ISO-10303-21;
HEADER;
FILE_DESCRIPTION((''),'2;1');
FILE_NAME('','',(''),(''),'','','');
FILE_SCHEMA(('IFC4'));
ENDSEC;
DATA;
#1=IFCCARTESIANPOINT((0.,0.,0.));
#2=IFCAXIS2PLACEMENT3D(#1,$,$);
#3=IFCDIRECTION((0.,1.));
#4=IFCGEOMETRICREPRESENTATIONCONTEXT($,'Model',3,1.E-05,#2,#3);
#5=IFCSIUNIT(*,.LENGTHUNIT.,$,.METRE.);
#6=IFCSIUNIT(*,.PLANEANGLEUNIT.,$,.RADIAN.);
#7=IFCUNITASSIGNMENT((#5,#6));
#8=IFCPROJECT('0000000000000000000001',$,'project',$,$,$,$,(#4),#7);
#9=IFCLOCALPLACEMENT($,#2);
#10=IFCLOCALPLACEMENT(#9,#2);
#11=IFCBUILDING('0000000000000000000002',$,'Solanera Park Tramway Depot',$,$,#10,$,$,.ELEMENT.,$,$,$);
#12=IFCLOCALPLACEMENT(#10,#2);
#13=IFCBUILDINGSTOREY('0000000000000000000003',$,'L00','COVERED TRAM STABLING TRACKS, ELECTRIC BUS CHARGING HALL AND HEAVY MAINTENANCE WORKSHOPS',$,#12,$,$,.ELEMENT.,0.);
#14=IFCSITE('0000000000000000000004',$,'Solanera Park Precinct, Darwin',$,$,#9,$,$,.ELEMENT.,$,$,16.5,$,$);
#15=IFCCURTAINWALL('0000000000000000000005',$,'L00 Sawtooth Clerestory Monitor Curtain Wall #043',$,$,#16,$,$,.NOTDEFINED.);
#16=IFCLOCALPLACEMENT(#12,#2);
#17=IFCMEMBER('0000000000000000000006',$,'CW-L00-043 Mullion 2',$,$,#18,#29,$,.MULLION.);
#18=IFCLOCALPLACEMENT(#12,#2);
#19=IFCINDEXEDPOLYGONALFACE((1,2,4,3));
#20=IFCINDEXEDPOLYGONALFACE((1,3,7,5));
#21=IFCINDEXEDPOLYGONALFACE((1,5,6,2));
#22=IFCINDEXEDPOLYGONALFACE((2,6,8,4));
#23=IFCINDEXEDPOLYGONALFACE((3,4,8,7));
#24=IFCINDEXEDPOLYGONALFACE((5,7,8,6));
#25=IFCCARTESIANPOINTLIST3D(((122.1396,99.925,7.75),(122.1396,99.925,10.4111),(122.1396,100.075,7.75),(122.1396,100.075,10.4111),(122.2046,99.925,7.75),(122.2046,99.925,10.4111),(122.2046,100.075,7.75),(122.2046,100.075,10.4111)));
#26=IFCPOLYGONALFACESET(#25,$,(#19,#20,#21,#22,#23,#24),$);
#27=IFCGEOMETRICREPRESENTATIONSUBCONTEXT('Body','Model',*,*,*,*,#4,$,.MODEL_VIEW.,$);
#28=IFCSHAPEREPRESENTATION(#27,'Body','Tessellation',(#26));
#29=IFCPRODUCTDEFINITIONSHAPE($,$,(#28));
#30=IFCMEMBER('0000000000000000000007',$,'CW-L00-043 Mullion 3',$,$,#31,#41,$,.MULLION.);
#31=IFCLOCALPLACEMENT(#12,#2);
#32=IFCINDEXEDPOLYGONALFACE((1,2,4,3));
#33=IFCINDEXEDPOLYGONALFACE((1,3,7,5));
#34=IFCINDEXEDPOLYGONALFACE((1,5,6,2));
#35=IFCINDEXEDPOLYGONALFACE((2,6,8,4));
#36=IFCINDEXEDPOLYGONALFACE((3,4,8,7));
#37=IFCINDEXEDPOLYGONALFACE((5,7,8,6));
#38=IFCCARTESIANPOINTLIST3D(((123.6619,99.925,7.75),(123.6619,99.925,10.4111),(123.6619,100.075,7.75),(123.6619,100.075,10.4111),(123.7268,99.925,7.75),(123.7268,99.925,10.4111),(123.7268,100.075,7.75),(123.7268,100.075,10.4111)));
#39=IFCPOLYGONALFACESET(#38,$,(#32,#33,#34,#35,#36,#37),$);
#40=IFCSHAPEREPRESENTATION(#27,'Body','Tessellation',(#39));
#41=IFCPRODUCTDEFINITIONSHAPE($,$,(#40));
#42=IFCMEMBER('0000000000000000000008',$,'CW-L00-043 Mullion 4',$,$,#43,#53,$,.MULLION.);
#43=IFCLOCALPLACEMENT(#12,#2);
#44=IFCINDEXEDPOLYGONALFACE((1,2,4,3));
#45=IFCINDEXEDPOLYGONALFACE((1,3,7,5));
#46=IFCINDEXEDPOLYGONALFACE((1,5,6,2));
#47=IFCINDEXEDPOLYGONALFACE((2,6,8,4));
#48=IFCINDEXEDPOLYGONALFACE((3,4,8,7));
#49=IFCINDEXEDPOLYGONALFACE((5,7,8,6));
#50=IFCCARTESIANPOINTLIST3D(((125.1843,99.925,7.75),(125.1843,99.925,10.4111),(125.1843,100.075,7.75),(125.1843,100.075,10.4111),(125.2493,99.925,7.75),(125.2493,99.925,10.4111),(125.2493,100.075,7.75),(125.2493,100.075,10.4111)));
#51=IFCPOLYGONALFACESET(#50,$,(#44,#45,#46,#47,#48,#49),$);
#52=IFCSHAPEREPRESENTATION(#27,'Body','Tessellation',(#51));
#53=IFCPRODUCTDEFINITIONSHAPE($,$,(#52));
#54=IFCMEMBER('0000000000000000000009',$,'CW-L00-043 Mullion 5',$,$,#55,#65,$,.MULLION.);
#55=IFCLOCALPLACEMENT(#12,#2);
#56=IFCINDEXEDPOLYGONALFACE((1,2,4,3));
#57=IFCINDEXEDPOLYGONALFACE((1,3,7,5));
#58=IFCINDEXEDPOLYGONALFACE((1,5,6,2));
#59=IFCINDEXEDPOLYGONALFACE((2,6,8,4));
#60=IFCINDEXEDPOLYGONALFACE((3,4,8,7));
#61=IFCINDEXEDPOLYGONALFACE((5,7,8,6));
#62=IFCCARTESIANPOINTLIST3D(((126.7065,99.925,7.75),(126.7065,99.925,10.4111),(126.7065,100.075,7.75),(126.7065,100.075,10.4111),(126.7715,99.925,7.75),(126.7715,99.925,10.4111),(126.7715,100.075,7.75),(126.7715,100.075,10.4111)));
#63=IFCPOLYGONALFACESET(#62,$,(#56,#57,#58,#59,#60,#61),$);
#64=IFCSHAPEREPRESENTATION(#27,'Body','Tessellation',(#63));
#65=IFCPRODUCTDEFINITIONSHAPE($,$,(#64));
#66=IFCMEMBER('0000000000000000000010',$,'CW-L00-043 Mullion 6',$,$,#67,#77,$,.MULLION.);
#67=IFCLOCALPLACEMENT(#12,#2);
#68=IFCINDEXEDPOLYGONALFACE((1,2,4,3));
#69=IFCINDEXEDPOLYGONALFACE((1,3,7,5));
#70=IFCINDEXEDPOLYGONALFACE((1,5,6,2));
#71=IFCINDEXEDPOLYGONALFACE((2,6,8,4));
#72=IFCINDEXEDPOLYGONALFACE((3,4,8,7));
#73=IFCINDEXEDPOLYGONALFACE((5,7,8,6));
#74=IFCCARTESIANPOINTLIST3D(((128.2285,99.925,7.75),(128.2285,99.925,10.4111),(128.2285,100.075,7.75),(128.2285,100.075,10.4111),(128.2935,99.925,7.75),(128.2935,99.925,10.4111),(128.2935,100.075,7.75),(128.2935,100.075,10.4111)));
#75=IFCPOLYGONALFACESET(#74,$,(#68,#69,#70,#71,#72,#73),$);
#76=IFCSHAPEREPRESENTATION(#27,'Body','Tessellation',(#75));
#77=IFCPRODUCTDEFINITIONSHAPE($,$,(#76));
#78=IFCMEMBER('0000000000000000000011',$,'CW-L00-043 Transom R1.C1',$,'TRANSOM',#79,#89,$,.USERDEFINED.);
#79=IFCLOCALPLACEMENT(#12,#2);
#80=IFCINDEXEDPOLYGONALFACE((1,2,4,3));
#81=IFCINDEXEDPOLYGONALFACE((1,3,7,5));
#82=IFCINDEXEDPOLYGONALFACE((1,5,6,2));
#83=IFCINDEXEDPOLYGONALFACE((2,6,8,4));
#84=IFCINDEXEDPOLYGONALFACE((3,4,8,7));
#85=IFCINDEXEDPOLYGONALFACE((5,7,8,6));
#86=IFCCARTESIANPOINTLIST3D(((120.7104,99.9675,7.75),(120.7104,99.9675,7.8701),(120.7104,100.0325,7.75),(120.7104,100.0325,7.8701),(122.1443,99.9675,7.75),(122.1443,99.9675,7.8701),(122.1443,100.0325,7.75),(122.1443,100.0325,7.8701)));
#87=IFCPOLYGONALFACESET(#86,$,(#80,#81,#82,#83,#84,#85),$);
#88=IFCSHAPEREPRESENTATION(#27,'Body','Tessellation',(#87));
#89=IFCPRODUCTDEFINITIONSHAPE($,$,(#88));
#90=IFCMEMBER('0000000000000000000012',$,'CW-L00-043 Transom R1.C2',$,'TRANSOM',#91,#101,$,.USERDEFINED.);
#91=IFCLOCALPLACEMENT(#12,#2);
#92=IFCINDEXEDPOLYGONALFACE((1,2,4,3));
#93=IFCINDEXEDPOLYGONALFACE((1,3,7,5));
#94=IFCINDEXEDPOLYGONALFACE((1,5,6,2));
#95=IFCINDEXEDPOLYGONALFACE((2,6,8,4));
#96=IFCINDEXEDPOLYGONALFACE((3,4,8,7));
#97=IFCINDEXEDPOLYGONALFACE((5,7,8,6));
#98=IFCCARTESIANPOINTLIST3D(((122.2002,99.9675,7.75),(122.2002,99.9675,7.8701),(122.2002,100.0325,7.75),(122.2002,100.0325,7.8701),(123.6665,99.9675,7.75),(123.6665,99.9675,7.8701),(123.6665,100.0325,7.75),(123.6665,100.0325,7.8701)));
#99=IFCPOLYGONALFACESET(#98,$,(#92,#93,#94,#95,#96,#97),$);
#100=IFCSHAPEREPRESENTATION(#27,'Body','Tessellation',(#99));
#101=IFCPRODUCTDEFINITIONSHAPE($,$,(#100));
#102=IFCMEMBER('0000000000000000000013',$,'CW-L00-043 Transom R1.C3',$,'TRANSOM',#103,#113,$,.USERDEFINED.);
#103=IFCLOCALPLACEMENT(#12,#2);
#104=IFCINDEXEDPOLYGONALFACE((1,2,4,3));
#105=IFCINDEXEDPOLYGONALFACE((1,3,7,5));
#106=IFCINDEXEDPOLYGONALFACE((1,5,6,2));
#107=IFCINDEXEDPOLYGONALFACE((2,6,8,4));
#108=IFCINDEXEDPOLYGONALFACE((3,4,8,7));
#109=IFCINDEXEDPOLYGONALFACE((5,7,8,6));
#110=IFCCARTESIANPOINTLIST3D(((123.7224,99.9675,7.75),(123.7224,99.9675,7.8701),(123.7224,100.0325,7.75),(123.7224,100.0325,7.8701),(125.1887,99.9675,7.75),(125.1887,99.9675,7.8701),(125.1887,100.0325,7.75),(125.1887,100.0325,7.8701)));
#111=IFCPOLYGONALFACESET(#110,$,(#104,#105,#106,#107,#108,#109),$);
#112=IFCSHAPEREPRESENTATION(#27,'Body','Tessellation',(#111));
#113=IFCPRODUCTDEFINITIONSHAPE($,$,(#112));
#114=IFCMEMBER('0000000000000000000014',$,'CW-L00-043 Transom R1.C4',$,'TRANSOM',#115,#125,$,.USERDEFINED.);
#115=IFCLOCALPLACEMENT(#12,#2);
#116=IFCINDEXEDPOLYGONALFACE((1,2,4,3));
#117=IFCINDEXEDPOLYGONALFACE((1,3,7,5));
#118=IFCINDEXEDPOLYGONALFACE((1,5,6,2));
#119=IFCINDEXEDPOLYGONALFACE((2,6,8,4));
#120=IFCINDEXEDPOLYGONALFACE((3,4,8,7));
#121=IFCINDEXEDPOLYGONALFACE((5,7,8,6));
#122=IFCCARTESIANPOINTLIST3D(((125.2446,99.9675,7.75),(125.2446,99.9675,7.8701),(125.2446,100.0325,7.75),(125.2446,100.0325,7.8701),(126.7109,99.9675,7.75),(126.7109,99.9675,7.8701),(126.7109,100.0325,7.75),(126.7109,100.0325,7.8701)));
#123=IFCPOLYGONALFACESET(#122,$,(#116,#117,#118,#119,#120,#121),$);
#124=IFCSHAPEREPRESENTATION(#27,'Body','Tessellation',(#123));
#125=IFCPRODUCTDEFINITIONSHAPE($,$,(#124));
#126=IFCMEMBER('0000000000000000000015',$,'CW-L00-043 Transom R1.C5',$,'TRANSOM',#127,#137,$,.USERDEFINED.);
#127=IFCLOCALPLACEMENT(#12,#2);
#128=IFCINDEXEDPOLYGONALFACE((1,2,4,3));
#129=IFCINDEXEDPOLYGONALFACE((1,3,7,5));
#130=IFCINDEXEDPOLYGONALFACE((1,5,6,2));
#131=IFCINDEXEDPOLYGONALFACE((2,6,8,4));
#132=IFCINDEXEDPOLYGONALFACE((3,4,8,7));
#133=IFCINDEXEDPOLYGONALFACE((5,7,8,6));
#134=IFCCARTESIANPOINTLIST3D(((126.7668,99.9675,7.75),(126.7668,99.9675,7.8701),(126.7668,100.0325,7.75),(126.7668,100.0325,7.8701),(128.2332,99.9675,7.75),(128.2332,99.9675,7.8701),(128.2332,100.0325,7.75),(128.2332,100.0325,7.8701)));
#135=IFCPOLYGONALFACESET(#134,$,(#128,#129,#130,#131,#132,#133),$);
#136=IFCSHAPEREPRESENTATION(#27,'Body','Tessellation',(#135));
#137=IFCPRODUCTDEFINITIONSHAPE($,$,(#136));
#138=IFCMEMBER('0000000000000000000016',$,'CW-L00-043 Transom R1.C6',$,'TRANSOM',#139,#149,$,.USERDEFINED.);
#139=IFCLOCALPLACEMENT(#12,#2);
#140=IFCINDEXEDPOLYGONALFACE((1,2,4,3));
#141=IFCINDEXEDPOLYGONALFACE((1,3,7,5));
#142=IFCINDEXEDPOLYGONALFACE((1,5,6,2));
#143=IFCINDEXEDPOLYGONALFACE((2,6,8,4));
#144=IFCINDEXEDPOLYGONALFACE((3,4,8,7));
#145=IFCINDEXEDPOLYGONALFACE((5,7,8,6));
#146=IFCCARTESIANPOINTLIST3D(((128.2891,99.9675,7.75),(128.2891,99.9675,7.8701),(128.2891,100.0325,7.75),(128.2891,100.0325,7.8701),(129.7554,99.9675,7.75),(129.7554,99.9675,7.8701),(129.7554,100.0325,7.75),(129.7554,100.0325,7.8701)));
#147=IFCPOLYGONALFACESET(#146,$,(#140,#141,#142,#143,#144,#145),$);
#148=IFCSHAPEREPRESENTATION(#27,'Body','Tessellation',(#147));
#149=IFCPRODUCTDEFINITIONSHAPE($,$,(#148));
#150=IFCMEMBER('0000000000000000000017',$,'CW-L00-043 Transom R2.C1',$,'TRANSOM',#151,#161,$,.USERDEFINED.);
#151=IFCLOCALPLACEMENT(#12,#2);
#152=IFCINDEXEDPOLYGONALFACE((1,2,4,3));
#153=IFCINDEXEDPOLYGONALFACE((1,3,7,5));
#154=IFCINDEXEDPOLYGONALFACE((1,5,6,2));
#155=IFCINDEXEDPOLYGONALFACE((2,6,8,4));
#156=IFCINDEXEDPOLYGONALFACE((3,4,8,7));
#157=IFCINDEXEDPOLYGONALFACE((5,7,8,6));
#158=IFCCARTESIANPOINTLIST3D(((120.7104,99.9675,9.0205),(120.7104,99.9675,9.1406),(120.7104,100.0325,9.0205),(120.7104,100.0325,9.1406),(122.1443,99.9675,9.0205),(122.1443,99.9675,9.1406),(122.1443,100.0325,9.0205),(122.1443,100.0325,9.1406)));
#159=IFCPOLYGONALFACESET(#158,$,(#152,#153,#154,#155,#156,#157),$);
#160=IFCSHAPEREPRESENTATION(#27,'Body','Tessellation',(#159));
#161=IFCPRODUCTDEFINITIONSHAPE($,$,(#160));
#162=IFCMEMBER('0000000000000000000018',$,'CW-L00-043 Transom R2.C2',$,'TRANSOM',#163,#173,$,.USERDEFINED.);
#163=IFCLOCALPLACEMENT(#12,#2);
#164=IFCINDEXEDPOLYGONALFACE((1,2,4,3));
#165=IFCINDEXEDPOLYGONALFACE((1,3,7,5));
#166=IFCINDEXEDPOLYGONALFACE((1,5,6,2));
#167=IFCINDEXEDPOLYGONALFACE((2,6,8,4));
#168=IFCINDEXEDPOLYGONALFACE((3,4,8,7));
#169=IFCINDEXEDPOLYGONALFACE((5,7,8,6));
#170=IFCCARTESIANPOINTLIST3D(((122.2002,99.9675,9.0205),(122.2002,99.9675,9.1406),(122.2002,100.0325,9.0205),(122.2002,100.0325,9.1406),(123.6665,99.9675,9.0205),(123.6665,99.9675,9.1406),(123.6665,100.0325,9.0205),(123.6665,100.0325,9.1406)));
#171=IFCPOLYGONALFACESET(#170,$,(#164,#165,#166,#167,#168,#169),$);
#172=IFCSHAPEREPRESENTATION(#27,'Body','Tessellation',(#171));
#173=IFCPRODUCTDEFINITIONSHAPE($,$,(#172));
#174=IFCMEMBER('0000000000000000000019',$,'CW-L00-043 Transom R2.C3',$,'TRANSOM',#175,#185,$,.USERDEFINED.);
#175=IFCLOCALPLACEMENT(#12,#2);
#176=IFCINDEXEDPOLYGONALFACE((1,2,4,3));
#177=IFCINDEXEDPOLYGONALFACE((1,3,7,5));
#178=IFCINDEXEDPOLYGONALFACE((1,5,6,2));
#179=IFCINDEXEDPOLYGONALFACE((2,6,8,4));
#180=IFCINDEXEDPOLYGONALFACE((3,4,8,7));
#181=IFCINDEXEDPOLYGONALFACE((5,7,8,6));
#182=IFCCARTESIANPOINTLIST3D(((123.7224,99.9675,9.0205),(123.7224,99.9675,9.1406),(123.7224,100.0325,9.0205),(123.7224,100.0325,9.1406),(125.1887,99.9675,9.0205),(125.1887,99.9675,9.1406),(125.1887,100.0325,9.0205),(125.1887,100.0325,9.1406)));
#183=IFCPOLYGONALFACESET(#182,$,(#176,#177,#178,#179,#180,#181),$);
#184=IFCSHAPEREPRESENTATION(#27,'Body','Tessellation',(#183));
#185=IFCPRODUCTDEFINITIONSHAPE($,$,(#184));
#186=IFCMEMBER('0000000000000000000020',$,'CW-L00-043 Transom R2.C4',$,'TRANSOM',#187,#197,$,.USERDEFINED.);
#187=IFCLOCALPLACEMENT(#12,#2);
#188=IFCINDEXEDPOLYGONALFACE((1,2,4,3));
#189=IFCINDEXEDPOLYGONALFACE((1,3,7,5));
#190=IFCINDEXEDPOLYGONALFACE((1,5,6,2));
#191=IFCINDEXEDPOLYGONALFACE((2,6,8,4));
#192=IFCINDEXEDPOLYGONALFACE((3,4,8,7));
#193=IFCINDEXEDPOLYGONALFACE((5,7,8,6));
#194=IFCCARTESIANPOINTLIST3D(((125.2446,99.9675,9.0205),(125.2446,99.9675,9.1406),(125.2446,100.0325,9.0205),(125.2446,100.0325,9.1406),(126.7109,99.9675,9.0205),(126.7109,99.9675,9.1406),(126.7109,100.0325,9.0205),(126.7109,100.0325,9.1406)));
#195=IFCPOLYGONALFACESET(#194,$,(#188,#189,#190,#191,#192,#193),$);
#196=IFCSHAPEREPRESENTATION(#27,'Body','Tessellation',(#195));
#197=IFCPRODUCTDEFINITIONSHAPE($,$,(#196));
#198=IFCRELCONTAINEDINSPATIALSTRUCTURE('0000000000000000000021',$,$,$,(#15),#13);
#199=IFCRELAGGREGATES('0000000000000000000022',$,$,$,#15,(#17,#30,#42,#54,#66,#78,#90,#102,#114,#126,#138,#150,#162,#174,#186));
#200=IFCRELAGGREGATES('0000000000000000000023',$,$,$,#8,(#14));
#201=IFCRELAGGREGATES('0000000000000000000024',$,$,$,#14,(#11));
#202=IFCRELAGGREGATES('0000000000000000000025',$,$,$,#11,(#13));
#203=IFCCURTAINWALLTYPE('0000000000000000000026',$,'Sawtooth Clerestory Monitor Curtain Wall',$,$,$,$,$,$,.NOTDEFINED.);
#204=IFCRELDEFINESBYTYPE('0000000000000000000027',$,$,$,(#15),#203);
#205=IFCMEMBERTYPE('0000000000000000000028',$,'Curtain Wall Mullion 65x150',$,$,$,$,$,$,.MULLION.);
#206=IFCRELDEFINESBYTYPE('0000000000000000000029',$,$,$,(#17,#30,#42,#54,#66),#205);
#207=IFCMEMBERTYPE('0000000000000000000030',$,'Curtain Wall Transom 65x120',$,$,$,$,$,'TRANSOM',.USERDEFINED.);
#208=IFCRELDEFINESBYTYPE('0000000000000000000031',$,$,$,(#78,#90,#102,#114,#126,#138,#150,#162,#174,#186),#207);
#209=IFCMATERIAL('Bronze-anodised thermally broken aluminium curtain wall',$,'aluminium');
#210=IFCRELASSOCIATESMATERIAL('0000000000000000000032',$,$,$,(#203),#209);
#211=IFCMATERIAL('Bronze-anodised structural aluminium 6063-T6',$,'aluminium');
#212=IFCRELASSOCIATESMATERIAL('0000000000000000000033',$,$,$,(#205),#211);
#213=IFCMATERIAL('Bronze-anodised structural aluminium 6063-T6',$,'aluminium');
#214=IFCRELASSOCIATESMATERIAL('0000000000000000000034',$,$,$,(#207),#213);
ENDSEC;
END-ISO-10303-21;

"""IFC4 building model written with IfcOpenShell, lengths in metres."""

from ifc_helpers import new_model, si_unit, direction, frame, origin, origin_2d, place, context, subcontext, project, spatial, rectangle, extrude, material, material_profile, profile_set, type_object, element, aggregate, save


model = new_model("IFC4")

# Units and contexts
model_context = context("Model", 3, precision=1e-05, world=origin(), true_north=direction((0.0, 1.0)))
body_context = subcontext(model_context, "Body", "Model", "MODEL_VIEW")
ifc_project = project(units=[si_unit("LENGTHUNIT", "METRE"), si_unit("PLANEANGLEUNIT", "RADIAN")], contexts=[model_context])

# Site, building, storey
site_placement = place(None, origin())
site = spatial("IfcSite", under=ifc_project, at=site_placement, Name="Solanera Park Precinct, Darwin", CompositionType="ELEMENT", RefElevation=16.5)
building_placement = place(site_placement, origin())
building = spatial("IfcBuilding", under=site, at=building_placement, Name="Solanera Park Tramway Depot", CompositionType="ELEMENT")
storey_placement = place(building_placement, origin())
storey = spatial("IfcBuildingStorey", under=building, at=storey_placement, Name="L00", Description="COVERED TRAM STABLING TRACKS, ELECTRIC BUS CHARGING HALL AND HEAVY MAINTENANCE WORKSHOPS", CompositionType="ELEMENT", Elevation=0.0)

# Curtain wall, members
ifc_material_1 = material(Name="Bronze-anodised thermally broken aluminium curtain wall", Category="aluminium")
curtain_wall_type = type_object("IfcCurtainWallType", Name="Sawtooth Clerestory Monitor Curtain Wall", PredefinedType="NOTDEFINED", material=ifc_material_1)
curtain_wall_placement = place(storey_placement, origin())
curtain_wall = element("IfcCurtainWall", 1, at=curtain_wall_placement, inside=storey, type_object=curtain_wall_type, Name="L00 Sawtooth Clerestory Monitor Curtain Wall #043", PredefinedType="NOTDEFINED")
ifc_material_2 = material(Name="Bronze-anodised structural aluminium 6063-T6", Category="aluminium")
ifc_material_profile_1 = material_profile(ifc_material_2, rectangle(XDim=0.0649, YDim=0.1499, at=origin_2d()), Name="Curtain Wall Mullion 65x150")
ifc_profile_set_1 = profile_set([ifc_material_profile_1], Name="Bronze-anodised structural aluminium 6063-T6")
member_type_1 = type_object("IfcMemberType", Name="Curtain Wall Mullion 65x150", PredefinedType="MULLION", material=ifc_profile_set_1)
member_1_placement = place(storey_placement, frame((122.1721, 100.0, 7.75), z_axis=(0.0, 0.0, 1.0), x_axis=(1.0, 0.0, 0.0)))
member_1 = element("IfcMember", 2, at=member_1_placement, type_object=member_type_1, Name="CW-L00-043 Mullion 2", PredefinedType="MULLION", context=body_context, shape_type="SweptSolid", body=[
    extrude(rectangle(XDim=0.0649, YDim=0.1499, at=origin_2d()), origin(), (0.0, 0.0, 1.0), 2.6611),
])
member_2_placement = place(storey_placement, frame((123.6943, 100.0, 7.75), z_axis=(0.0, 0.0, 1.0), x_axis=(1.0, 0.0, 0.0)))
member_2 = element("IfcMember", 3, at=member_2_placement, type_object=member_type_1, Name="CW-L00-043 Mullion 3", PredefinedType="MULLION", context=body_context, shape_type="SweptSolid", body=[
    extrude(rectangle(XDim=0.0649, YDim=0.1499, at=origin_2d()), origin(), (0.0, 0.0, 1.0), 2.6611),
])
member_3_placement = place(storey_placement, frame((125.2168, 100.0, 7.75), z_axis=(0.0, 0.0, 1.0), x_axis=(1.0, 0.0, 0.0)))
member_3 = element("IfcMember", 4, at=member_3_placement, type_object=member_type_1, Name="CW-L00-043 Mullion 4", PredefinedType="MULLION", context=body_context, shape_type="SweptSolid", body=[
    extrude(rectangle(XDim=0.0649, YDim=0.1499, at=origin_2d()), origin(), (0.0, 0.0, 1.0), 2.6611),
])
member_4_placement = place(storey_placement, frame((126.739, 100.0, 7.75), z_axis=(0.0, 0.0, 1.0), x_axis=(1.0, 0.0, 0.0)))
member_4 = element("IfcMember", 5, at=member_4_placement, type_object=member_type_1, Name="CW-L00-043 Mullion 5", PredefinedType="MULLION", context=body_context, shape_type="SweptSolid", body=[
    extrude(rectangle(XDim=0.0649, YDim=0.1499, at=origin_2d()), origin(), (0.0, 0.0, 1.0), 2.6611),
])
member_5_placement = place(storey_placement, frame((128.261, 100.0, 7.75), z_axis=(0.0, 0.0, 1.0), x_axis=(1.0, 0.0, 0.0)))
member_5 = element("IfcMember", 6, at=member_5_placement, type_object=member_type_1, Name="CW-L00-043 Mullion 6", PredefinedType="MULLION", context=body_context, shape_type="SweptSolid", body=[
    extrude(rectangle(XDim=0.0649, YDim=0.1499, at=origin_2d()), origin(), (0.0, 0.0, 1.0), 2.6611),
])
ifc_material_3 = material(Name="Bronze-anodised structural aluminium 6063-T6", Category="aluminium")
ifc_material_profile_2 = material_profile(ifc_material_3, rectangle(XDim=0.0649, YDim=0.1201, at=origin_2d()), Name="Curtain Wall Transom 65x120")
ifc_profile_set_2 = profile_set([ifc_material_profile_2], Name="Bronze-anodised structural aluminium 6063-T6")
member_type_2 = type_object("IfcMemberType", Name="Curtain Wall Transom 65x120", ElementType="TRANSOM", PredefinedType="USERDEFINED", material=ifc_profile_set_2)
member_6_placement = place(storey_placement, frame((120.7104, 100.0, 7.8101), z_axis=(1.0, 0.0, 0.0), x_axis=(0.0, 1.0, 0.0)))
member_6 = element("IfcMember", 7, at=member_6_placement, type_object=member_type_2, Name="CW-L00-043 Transom R1.C1", ObjectType="TRANSOM", PredefinedType="USERDEFINED", context=body_context, shape_type="SweptSolid", body=[
    extrude(rectangle(XDim=0.0649, YDim=0.1201, at=origin_2d()), origin(), (0.0, 0.0, 1.0), 1.4338),
])
member_7_placement = place(storey_placement, frame((122.2002, 100.0, 7.8101), z_axis=(1.0, 0.0, 0.0), x_axis=(0.0, 1.0, 0.0)))
member_7 = element("IfcMember", 8, at=member_7_placement, type_object=member_type_2, Name="CW-L00-043 Transom R1.C2", ObjectType="TRANSOM", PredefinedType="USERDEFINED", context=body_context, shape_type="SweptSolid", body=[
    extrude(rectangle(XDim=0.0649, YDim=0.1201, at=origin_2d()), origin(), (0.0, 0.0, 1.0), 1.4663),
])
member_8_placement = place(storey_placement, frame((123.7224, 100.0, 7.8101), z_axis=(1.0, 0.0, 0.0), x_axis=(0.0, 1.0, 0.0)))
member_8 = element("IfcMember", 9, at=member_8_placement, type_object=member_type_2, Name="CW-L00-043 Transom R1.C3", ObjectType="TRANSOM", PredefinedType="USERDEFINED", context=body_context, shape_type="SweptSolid", body=[
    extrude(rectangle(XDim=0.0649, YDim=0.1201, at=origin_2d()), origin(), (0.0, 0.0, 1.0), 1.4663),
])
member_9_placement = place(storey_placement, frame((125.2446, 100.0, 7.8101), z_axis=(1.0, 0.0, 0.0), x_axis=(0.0, 1.0, 0.0)))
member_9 = element("IfcMember", 10, at=member_9_placement, type_object=member_type_2, Name="CW-L00-043 Transom R1.C4", ObjectType="TRANSOM", PredefinedType="USERDEFINED", context=body_context, shape_type="SweptSolid", body=[
    extrude(rectangle(XDim=0.0649, YDim=0.1201, at=origin_2d()), origin(), (0.0, 0.0, 1.0), 1.4663),
])
member_10_placement = place(storey_placement, frame((126.7668, 100.0, 7.8101), z_axis=(1.0, 0.0, 0.0), x_axis=(0.0, 1.0, 0.0)))
member_10 = element("IfcMember", 11, at=member_10_placement, type_object=member_type_2, Name="CW-L00-043 Transom R1.C5", ObjectType="TRANSOM", PredefinedType="USERDEFINED", context=body_context, shape_type="SweptSolid", body=[
    extrude(rectangle(XDim=0.0649, YDim=0.1201, at=origin_2d()), origin(), (0.0, 0.0, 1.0), 1.4663),
])
member_11_placement = place(storey_placement, frame((128.2891, 100.0, 7.8101), z_axis=(1.0, 0.0, 0.0), x_axis=(0.0, 1.0, 0.0)))
member_11 = element("IfcMember", 12, at=member_11_placement, type_object=member_type_2, Name="CW-L00-043 Transom R1.C6", ObjectType="TRANSOM", PredefinedType="USERDEFINED", context=body_context, shape_type="SweptSolid", body=[
    extrude(rectangle(XDim=0.0649, YDim=0.1201, at=origin_2d()), origin(), (0.0, 0.0, 1.0), 1.4663),
])
member_12_placement = place(storey_placement, frame((120.7104, 100.0, 9.0806), z_axis=(1.0, 0.0, 0.0), x_axis=(0.0, 1.0, 0.0)))
member_12 = element("IfcMember", 13, at=member_12_placement, type_object=member_type_2, Name="CW-L00-043 Transom R2.C1", ObjectType="TRANSOM", PredefinedType="USERDEFINED", context=body_context, shape_type="SweptSolid", body=[
    extrude(rectangle(XDim=0.0649, YDim=0.1201, at=origin_2d()), origin(), (0.0, 0.0, 1.0), 1.4338),
])
member_13_placement = place(storey_placement, frame((122.2002, 100.0, 9.0806), z_axis=(1.0, 0.0, 0.0), x_axis=(0.0, 1.0, 0.0)))
member_13 = element("IfcMember", 14, at=member_13_placement, type_object=member_type_2, Name="CW-L00-043 Transom R2.C2", ObjectType="TRANSOM", PredefinedType="USERDEFINED", context=body_context, shape_type="SweptSolid", body=[
    extrude(rectangle(XDim=0.0649, YDim=0.1201, at=origin_2d()), origin(), (0.0, 0.0, 1.0), 1.4663),
])
member_14_placement = place(storey_placement, frame((123.7224, 100.0, 9.0806), z_axis=(1.0, 0.0, 0.0), x_axis=(0.0, 1.0, 0.0)))
member_14 = element("IfcMember", 15, at=member_14_placement, type_object=member_type_2, Name="CW-L00-043 Transom R2.C3", ObjectType="TRANSOM", PredefinedType="USERDEFINED", context=body_context, shape_type="SweptSolid", body=[
    extrude(rectangle(XDim=0.0649, YDim=0.1201, at=origin_2d()), origin(), (0.0, 0.0, 1.0), 1.4663),
])
member_15_placement = place(storey_placement, frame((125.2446, 100.0, 9.0806), z_axis=(1.0, 0.0, 0.0), x_axis=(0.0, 1.0, 0.0)))
member_15 = element("IfcMember", 16, at=member_15_placement, type_object=member_type_2, Name="CW-L00-043 Transom R2.C4", ObjectType="TRANSOM", PredefinedType="USERDEFINED", context=body_context, shape_type="SweptSolid", body=[
    extrude(rectangle(XDim=0.0649, YDim=0.1201, at=origin_2d()), origin(), (0.0, 0.0, 1.0), 1.4663),
])
aggregate(curtain_wall, [member_1, member_2, member_3, member_4, member_5, member_6, member_7, member_8, member_9, member_10, member_11, member_12, member_13, member_14, member_15])

save(model, "model.ifc")
